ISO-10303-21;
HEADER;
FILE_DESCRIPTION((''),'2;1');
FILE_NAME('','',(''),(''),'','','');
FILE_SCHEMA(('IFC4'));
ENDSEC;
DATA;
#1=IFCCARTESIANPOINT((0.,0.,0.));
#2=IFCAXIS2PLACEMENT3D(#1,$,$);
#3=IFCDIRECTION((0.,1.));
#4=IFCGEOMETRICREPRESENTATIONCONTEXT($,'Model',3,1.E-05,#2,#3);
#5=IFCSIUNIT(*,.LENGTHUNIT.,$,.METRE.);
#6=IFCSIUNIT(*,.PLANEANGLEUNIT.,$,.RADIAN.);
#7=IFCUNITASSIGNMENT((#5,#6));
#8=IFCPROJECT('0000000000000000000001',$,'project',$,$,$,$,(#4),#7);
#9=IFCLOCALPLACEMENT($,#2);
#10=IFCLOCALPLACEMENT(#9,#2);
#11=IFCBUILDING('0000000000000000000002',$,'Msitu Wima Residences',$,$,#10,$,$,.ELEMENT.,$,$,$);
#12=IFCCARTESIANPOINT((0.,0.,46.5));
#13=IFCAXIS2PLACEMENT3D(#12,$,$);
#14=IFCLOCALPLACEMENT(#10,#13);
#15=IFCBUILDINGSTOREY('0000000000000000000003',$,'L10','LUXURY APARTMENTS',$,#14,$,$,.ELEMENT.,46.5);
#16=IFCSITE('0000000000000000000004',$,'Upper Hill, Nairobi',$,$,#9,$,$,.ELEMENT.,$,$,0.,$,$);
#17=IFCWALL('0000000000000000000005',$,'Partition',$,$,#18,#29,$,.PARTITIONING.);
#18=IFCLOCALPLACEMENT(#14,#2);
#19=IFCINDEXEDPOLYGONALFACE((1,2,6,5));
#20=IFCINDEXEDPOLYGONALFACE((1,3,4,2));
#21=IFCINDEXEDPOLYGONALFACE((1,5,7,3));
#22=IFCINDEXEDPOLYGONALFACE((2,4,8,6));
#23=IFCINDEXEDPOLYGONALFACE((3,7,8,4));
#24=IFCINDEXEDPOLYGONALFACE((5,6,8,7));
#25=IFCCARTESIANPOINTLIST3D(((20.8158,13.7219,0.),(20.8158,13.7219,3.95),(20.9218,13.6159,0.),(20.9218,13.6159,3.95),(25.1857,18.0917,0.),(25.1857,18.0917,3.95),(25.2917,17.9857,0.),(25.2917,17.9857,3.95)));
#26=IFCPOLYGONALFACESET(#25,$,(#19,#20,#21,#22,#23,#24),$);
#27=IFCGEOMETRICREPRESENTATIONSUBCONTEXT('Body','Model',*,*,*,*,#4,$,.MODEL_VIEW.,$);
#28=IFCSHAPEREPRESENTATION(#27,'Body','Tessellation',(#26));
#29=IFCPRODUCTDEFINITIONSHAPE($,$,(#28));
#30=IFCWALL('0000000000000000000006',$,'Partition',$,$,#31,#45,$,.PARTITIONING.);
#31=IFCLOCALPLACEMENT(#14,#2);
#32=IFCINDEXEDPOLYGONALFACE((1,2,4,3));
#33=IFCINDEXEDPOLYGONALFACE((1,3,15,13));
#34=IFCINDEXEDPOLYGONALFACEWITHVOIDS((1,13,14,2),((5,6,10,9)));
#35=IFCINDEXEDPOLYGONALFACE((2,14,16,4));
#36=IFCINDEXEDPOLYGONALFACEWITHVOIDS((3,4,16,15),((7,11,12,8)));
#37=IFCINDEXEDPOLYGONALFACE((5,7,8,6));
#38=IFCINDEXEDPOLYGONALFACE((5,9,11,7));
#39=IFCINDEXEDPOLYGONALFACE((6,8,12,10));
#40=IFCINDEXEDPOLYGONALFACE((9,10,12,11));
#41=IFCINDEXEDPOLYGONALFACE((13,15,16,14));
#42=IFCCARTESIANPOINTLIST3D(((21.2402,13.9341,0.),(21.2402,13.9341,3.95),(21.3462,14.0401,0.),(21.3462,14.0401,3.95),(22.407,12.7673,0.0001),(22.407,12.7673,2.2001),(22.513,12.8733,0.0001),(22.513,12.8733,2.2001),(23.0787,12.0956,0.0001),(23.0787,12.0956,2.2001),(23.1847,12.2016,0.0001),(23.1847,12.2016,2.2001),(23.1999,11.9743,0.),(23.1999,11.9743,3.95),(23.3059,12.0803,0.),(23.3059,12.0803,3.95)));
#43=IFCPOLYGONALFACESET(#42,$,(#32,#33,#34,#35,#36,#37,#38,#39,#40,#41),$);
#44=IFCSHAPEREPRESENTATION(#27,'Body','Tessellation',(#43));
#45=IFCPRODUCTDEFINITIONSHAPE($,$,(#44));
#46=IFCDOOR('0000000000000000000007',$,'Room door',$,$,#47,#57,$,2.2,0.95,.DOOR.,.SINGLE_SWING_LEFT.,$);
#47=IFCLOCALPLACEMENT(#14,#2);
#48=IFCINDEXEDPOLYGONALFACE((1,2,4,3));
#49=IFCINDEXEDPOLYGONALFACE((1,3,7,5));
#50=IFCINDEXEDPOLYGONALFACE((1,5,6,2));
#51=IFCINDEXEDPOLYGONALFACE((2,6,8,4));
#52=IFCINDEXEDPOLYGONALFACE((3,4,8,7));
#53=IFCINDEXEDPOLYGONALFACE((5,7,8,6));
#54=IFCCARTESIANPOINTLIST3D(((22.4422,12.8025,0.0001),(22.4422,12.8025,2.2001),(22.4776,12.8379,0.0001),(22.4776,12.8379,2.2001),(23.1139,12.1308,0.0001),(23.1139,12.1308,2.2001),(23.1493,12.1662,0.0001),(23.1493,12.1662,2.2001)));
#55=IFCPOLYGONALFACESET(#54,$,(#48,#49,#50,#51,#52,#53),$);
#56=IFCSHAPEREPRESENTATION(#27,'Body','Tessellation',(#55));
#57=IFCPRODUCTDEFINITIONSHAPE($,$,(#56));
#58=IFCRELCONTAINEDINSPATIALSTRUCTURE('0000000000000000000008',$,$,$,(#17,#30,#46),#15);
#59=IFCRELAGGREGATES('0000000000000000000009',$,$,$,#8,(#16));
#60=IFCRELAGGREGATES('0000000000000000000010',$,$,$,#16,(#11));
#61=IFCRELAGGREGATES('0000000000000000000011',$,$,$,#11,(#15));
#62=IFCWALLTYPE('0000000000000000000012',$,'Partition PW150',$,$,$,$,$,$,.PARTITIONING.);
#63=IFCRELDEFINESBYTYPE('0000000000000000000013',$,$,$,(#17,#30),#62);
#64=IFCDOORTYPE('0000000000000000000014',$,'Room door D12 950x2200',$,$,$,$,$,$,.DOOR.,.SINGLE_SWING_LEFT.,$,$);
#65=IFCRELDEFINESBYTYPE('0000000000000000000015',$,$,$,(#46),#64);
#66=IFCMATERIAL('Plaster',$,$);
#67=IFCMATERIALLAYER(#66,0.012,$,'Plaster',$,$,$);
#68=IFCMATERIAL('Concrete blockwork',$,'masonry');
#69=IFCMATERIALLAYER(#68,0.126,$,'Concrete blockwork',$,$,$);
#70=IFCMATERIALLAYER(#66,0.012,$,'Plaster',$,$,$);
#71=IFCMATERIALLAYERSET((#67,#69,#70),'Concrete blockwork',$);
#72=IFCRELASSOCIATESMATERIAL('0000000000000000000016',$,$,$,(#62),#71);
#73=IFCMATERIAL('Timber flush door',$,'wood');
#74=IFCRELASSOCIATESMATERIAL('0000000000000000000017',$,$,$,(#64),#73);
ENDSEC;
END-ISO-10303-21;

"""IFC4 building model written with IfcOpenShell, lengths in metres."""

from ifc_helpers import new_model, si_unit, direction, frame, frame_2d, origin, place, context, subcontext, project, spatial, rectangle, extrude, material, layer, layer_set, type_object, element, fill, save


model = new_model("IFC4")

# Units and contexts
model_context = context("Model", 3, precision=1e-05, world=origin(), true_north=direction((0.0, 1.0)))
body_context = subcontext(model_context, "Body", "Model", "MODEL_VIEW")
ifc_project = project(units=[si_unit("LENGTHUNIT", "METRE"), si_unit("PLANEANGLEUNIT", "RADIAN")], contexts=[model_context])

# Site, building, storey
site_placement = place(None, origin())
site = spatial("IfcSite", under=ifc_project, at=site_placement, Name="Upper Hill, Nairobi", CompositionType="ELEMENT", RefElevation=0.0)
building_placement = place(site_placement, origin())
building = spatial("IfcBuilding", under=site, at=building_placement, Name="Msitu Wima Residences", CompositionType="ELEMENT")
storey_placement = place(building_placement, frame((0.0, 0.0, 46.5)))
storey = spatial("IfcBuildingStorey", under=building, at=storey_placement, Name="L10", Description="LUXURY APARTMENTS", CompositionType="ELEMENT", Elevation=46.5)

# Shared definitions
ifc_material_1 = material(Name="Plaster")
ifc_layer_1 = layer(ifc_material_1, 0.012, Name="Plaster")
ifc_material_2 = material(Name="Concrete blockwork", Category="masonry")
ifc_layer_2 = layer(ifc_material_2, 0.126, Name="Concrete blockwork")
ifc_layer_3 = layer(ifc_material_1, 0.012, Name="Plaster")
ifc_layer_set_1 = layer_set([ifc_layer_1, ifc_layer_2, ifc_layer_3], Name="Concrete blockwork")
wall_type_1 = type_object("IfcWallType", Name="Partition PW150", PredefinedType="PARTITIONING", material=ifc_layer_set_1)

# Shared definitions
ifc_material_3 = material(Name="Timber flush door", Category="wood")
door_type_1 = type_object("IfcDoorType", Name="Room door D12 950x2200", OperationType="SINGLE_SWING_LEFT", PredefinedType="DOOR", material=ifc_material_3)

# Wall
wall_1_placement = place(storey_placement, frame((20.8689, 13.6689, 0.0), z_axis=(0.0, 0.0, 1.0), x_axis=(0.707107, 0.707107, 0.0)))
element("IfcWall", 1, at=wall_1_placement, inside=storey, type_object=wall_type_1, Name="Partition", PredefinedType="PARTITIONING", context=body_context, shape_type="SweptSolid", body=[
    extrude(rectangle(XDim=6.1799, YDim=0.1499, at=frame_2d((3.0898, 0.0))), origin(), (0.0, 0.0, 1.0), 3.95),
])

# Wall, opening, door
wall_2_placement = place(storey_placement, frame((21.2932, 13.9871, 0.0), z_axis=(0.0, 0.0, 1.0), x_axis=(0.707107, -0.707107, 0.0)))
wall_2 = element("IfcWall", 2, at=wall_2_placement, inside=storey, type_object=wall_type_1, Name="Partition", PredefinedType="PARTITIONING", context=body_context, shape_type="SweptSolid", body=[
    extrude(rectangle(XDim=2.7715, YDim=0.1499, at=frame_2d((1.3857, 0.0))), origin(), (0.0, 0.0, 1.0), 3.95),
])
opening_1_placement = place(wall_2_placement, frame((1.6499, 0.0, 0.0)))
opening_1 = element("IfcOpeningElement", 3, at=opening_1_placement, cuts=wall_2, PredefinedType="OPENING", context=body_context, shape_type="SweptSolid", body=[
    extrude(rectangle(XDim=0.95, YDim=2.2, at=frame_2d((0.4751, 1.1001))), frame((0.0, 0.085, 0.0), z_axis=(0.0, -1.0, 0.0), x_axis=(1.0, 0.0, 0.0)), (0.0, 0.0, 1.0), 0.1699),
])
door_1_placement = place(opening_1_placement, origin())
door_1 = element("IfcDoor", 4, at=door_1_placement, inside=storey, type_object=door_type_1, Name="Room door", OperationType="SINGLE_SWING_LEFT", OverallHeight=2.2, OverallWidth=0.95, PredefinedType="DOOR", context=body_context, shape_type="SweptSolid", body=[
    extrude(rectangle(XDim=0.95, YDim=2.2, at=frame_2d((0.4751, 1.1001))), frame((0.0, 0.0249, 0.0), z_axis=(0.0, -1.0, 0.0), x_axis=(1.0, 0.0, 0.0)), (0.0, 0.0, 1.0), 0.05),
])
fill(opening_1, door_1)

save(model, "model.ifc")
